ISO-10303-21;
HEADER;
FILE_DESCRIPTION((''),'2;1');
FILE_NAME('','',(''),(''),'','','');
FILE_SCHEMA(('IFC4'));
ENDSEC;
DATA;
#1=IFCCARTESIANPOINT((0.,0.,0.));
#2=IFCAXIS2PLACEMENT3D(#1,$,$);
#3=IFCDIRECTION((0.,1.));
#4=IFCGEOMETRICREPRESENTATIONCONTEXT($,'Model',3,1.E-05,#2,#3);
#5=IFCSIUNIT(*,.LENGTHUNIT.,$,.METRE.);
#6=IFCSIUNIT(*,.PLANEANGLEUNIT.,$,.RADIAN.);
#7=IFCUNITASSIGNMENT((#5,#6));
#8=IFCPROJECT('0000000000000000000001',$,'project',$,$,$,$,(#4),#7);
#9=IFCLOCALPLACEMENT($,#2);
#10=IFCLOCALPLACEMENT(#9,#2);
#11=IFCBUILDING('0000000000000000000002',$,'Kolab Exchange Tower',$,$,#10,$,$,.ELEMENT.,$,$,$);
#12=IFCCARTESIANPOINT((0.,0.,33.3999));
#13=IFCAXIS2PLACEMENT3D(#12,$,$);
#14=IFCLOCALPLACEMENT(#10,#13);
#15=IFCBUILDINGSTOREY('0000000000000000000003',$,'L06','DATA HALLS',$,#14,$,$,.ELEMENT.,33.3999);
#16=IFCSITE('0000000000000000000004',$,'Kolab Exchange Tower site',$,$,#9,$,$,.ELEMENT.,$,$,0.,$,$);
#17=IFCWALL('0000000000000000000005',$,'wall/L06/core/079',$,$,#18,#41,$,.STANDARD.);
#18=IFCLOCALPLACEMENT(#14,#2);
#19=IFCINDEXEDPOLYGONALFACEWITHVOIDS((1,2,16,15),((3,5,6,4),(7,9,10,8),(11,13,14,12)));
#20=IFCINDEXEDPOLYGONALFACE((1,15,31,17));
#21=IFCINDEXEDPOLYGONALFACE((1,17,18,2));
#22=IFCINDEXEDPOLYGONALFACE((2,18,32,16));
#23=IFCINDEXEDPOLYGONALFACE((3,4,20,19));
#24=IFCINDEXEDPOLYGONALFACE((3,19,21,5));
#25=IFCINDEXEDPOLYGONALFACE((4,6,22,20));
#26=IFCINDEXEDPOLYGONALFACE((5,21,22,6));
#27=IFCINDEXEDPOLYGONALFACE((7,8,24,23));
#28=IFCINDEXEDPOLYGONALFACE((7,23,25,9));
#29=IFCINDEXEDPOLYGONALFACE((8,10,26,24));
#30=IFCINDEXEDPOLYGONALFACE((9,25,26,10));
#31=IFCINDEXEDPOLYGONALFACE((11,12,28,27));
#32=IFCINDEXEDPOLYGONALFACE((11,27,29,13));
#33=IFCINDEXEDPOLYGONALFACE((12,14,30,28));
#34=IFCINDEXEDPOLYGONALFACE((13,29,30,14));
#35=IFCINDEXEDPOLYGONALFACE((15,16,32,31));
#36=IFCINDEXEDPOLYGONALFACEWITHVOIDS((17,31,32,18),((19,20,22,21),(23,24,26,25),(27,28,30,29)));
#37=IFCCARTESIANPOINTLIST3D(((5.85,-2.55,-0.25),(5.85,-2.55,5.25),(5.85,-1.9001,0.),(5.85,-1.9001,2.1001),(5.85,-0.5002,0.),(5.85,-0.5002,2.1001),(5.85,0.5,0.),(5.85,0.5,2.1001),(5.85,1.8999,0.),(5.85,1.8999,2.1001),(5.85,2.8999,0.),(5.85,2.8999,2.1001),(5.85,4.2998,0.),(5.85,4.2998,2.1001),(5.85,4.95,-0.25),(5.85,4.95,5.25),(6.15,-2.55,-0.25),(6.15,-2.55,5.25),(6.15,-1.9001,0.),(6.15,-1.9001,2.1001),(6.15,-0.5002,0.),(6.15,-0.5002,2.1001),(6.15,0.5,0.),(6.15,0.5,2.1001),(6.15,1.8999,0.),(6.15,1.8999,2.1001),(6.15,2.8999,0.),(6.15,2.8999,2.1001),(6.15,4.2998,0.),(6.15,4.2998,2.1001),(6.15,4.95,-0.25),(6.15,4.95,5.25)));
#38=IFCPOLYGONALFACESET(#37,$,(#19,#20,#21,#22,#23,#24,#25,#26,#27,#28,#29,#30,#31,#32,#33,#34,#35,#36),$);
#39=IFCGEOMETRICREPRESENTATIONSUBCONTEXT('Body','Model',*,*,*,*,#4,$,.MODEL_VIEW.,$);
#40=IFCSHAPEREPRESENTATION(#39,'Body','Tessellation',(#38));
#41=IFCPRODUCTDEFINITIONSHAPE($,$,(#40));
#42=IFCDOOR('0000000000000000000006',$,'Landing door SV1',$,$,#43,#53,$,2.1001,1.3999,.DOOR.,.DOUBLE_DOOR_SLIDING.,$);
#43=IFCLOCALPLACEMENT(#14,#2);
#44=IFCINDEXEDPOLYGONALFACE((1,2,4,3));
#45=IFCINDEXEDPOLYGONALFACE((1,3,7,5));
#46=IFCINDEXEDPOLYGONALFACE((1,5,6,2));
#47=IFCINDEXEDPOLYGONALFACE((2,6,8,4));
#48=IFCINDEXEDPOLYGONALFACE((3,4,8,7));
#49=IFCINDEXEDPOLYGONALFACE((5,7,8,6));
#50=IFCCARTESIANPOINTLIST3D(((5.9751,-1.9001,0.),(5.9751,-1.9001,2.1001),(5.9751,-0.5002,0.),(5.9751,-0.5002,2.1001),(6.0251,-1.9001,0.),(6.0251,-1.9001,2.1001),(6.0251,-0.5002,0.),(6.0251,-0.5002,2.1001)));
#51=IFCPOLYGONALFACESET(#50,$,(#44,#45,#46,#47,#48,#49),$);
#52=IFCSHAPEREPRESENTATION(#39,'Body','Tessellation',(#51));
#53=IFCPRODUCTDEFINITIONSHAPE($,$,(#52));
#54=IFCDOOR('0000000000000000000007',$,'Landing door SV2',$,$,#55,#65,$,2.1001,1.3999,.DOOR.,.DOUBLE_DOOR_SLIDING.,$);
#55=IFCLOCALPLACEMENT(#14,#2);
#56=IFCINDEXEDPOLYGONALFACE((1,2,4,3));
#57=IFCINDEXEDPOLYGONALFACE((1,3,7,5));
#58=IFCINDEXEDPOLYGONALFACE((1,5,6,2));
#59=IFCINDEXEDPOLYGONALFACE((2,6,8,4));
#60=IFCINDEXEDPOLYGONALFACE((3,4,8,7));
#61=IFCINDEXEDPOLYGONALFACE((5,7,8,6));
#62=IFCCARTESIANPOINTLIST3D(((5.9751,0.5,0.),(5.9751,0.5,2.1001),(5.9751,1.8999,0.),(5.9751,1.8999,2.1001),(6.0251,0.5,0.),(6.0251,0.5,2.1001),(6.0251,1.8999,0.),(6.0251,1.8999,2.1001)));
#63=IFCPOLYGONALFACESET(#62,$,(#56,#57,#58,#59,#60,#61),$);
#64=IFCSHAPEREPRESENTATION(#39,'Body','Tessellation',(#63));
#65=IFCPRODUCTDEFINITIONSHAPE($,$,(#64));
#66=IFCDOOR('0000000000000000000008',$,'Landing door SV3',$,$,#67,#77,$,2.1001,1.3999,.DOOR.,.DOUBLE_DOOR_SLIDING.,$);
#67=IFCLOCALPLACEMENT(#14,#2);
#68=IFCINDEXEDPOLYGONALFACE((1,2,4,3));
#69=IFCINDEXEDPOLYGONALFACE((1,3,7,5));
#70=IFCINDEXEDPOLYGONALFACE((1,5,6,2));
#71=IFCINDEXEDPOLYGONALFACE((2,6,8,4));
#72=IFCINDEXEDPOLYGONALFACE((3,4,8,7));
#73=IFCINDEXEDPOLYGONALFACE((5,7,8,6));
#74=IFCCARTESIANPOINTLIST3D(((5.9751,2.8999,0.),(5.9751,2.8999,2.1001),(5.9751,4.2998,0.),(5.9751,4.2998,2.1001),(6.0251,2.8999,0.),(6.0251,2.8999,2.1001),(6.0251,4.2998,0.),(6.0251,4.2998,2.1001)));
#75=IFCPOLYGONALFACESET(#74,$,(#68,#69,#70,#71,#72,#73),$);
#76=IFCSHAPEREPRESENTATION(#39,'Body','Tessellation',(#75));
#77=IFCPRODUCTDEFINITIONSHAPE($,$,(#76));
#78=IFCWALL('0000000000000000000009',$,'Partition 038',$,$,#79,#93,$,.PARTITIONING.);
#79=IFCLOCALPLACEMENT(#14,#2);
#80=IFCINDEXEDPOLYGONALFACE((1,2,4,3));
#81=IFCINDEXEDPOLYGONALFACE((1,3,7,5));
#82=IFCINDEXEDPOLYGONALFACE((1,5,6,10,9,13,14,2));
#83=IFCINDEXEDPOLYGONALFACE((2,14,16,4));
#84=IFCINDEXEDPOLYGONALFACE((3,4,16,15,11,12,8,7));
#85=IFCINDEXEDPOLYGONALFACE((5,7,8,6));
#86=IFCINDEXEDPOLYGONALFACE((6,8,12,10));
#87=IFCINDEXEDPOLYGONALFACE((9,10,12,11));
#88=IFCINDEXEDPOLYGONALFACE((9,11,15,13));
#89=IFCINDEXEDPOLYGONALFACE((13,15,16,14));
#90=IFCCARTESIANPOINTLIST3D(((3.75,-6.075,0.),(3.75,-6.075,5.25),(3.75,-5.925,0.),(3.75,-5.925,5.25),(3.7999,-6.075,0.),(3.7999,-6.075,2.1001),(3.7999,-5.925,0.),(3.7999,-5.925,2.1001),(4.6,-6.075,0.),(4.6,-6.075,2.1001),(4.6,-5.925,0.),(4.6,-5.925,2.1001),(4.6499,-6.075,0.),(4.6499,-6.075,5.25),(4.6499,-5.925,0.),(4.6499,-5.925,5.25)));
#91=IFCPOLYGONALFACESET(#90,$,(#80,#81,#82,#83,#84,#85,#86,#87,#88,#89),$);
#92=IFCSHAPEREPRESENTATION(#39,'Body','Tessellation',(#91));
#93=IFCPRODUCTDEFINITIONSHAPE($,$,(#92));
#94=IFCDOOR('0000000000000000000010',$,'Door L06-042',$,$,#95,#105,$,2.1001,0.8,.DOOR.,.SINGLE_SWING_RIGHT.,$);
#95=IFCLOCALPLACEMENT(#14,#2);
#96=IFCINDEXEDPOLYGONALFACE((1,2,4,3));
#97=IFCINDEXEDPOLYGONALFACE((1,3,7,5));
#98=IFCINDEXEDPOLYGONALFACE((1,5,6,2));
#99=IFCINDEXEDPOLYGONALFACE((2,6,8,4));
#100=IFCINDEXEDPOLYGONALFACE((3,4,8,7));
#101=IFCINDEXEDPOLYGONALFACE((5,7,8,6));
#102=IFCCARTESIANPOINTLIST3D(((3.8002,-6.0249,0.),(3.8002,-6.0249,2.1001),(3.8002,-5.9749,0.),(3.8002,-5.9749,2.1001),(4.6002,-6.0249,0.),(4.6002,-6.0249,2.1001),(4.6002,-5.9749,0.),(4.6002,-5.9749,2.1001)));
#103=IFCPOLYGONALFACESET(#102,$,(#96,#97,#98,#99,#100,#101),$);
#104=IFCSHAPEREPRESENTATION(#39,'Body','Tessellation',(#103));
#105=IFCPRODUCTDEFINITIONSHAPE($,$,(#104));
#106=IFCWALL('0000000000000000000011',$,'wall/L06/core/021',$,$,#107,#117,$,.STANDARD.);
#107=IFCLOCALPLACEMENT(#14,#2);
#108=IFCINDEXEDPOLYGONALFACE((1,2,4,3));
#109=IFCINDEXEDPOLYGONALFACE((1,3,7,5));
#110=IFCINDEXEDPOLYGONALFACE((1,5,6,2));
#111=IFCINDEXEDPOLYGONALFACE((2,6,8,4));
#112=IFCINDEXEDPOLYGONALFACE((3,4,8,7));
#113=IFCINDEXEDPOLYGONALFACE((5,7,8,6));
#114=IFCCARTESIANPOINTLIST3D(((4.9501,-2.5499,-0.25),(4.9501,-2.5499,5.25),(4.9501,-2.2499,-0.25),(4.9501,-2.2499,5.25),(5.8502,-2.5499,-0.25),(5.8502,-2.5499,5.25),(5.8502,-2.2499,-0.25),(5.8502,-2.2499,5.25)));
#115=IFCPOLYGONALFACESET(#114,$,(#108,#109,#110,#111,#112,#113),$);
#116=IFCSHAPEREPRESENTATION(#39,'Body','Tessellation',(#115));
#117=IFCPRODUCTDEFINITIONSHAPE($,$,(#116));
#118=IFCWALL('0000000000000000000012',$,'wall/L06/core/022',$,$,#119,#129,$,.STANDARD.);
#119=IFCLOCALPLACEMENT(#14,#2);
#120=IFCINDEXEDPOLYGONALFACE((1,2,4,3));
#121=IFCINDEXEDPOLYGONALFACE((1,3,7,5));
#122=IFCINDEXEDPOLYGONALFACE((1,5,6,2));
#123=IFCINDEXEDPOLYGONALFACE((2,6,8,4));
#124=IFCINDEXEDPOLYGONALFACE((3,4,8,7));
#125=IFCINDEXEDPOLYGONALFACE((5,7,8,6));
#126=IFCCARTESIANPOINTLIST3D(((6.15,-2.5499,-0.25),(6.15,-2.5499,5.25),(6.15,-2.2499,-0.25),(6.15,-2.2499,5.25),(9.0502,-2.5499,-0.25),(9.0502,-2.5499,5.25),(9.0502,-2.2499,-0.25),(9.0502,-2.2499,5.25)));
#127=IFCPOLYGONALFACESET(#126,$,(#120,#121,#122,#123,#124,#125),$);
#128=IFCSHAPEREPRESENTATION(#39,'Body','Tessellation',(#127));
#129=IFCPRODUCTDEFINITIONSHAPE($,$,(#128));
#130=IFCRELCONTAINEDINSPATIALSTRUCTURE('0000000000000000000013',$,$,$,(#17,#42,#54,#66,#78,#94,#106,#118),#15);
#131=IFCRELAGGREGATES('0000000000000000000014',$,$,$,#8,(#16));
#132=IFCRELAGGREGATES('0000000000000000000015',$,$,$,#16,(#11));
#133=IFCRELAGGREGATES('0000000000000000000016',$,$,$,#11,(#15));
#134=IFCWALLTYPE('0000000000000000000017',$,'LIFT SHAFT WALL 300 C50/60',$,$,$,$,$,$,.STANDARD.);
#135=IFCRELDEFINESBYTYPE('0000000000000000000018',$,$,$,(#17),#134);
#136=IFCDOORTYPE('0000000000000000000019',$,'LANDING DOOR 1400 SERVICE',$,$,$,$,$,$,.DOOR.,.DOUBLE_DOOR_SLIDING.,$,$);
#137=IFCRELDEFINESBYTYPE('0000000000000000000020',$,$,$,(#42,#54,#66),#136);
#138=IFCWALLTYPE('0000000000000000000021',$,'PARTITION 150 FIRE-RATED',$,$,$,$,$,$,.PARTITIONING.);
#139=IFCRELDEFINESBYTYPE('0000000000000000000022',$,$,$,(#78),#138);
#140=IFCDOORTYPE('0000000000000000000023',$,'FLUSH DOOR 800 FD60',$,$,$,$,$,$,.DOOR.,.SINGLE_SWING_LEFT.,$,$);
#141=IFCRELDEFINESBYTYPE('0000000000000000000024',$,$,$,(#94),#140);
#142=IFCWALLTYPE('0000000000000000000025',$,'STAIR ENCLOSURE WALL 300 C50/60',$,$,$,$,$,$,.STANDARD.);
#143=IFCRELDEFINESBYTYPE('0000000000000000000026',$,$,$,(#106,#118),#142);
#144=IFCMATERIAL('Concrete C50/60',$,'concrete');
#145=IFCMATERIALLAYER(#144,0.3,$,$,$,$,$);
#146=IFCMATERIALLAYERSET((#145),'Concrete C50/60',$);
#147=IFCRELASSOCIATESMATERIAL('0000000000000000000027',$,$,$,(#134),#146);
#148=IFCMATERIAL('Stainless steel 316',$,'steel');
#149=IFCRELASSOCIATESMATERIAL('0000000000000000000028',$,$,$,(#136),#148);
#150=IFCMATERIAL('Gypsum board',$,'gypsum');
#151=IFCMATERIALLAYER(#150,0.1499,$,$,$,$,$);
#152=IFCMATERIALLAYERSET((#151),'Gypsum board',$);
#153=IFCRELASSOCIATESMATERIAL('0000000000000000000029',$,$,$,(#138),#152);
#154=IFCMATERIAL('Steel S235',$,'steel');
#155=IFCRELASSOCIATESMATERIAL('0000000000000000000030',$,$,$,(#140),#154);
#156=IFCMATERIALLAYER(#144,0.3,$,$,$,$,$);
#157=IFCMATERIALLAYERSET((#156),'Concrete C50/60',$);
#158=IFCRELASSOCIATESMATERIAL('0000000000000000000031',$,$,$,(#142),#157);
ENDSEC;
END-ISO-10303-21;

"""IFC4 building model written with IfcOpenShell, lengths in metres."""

from ifc_helpers import new_model, si_unit, direction, frame, frame_2d, origin, place, context, subcontext, project, spatial, rectangle, extrude, material, layer, layer_set, type_object, element, fill, save


model = new_model("IFC4")

# Units and contexts
model_context = context("Model", 3, precision=1e-05, world=origin(), true_north=direction((0.0, 1.0)))
body_context = subcontext(model_context, "Body", "Model", "MODEL_VIEW")
ifc_project = project(units=[si_unit("LENGTHUNIT", "METRE"), si_unit("PLANEANGLEUNIT", "RADIAN")], contexts=[model_context])

# Site, building, storey
site_placement = place(None, origin())
site = spatial("IfcSite", under=ifc_project, at=site_placement, Name="Kolab Exchange Tower site", CompositionType="ELEMENT", RefElevation=0.0)
building_placement = place(site_placement, origin())
building = spatial("IfcBuilding", under=site, at=building_placement, Name="Kolab Exchange Tower", CompositionType="ELEMENT")
storey_placement = place(building_placement, frame((0.0, 0.0, 33.3999)))
storey = spatial("IfcBuildingStorey", under=building, at=storey_placement, Name="L06", Description="DATA HALLS", CompositionType="ELEMENT", Elevation=33.3999)

# Shared definitions
ifc_material_1 = material(Name="Concrete C50/60", Category="concrete")

# Shared definitions
ifc_layer_1 = layer(ifc_material_1, 0.3)
ifc_layer_set_1 = layer_set([ifc_layer_1], Name="Concrete C50/60")
wall_type_1 = type_object("IfcWallType", Name="LIFT SHAFT WALL 300 C50/60", PredefinedType="STANDARD", material=ifc_layer_set_1)

# Shared definitions
ifc_material_2 = material(Name="Steel S235", Category="steel")

# Wall, openings, doors
wall_1_placement = place(storey_placement, frame((6.0, -2.55, -0.25), z_axis=(0.0, 0.0, 1.0), x_axis=(0.0, 1.0, 0.0)))
wall_1 = element("IfcWall", 1, at=wall_1_placement, inside=storey, type_object=wall_type_1, Name="wall/L06/core/079", PredefinedType="STANDARD", context=body_context, shape_type="SweptSolid", body=[
    extrude(rectangle(XDim=7.5, YDim=0.3, at=frame_2d((3.75, 0.0))), origin(), (0.0, 0.0, 1.0), 5.5),
])
opening_1_placement = place(wall_1_placement, frame((0.6499, 0.0, 0.25)))
opening_1 = element("IfcOpeningElement", 2, at=opening_1_placement, cuts=wall_1, PredefinedType="OPENING", context=body_context, shape_type="SweptSolid", body=[
    extrude(rectangle(XDim=1.3999, YDim=2.1001, at=frame_2d((0.7, 1.05))), frame((0.0, 0.1602, 0.0), z_axis=(0.0, -1.0, 0.0), x_axis=(1.0, 0.0, 0.0)), (0.0, 0.0, 1.0), 0.3201),
])
opening_2_placement = place(wall_1_placement, frame((3.05, 0.0, 0.25)))
opening_2 = element("IfcOpeningElement", 3, at=opening_2_placement, cuts=wall_1, PredefinedType="OPENING", context=body_context, shape_type="SweptSolid", body=[
    extrude(rectangle(XDim=1.3999, YDim=2.1001, at=frame_2d((0.7, 1.05))), frame((0.0, 0.1602, 0.0), z_axis=(0.0, -1.0, 0.0), x_axis=(1.0, 0.0, 0.0)), (0.0, 0.0, 1.0), 0.3201),
])
opening_3_placement = place(wall_1_placement, frame((5.45, 0.0, 0.25)))
opening_3 = element("IfcOpeningElement", 4, at=opening_3_placement, cuts=wall_1, PredefinedType="OPENING", context=body_context, shape_type="SweptSolid", body=[
    extrude(rectangle(XDim=1.3999, YDim=2.1001, at=frame_2d((0.7, 1.05))), frame((0.0, 0.1602, 0.0), z_axis=(0.0, -1.0, 0.0), x_axis=(1.0, 0.0, 0.0)), (0.0, 0.0, 1.0), 0.3201),
])
ifc_material_3 = material(Name="Stainless steel 316", Category="steel")
door_type_1 = type_object("IfcDoorType", Name="LANDING DOOR 1400 SERVICE", OperationType="DOUBLE_DOOR_SLIDING", PredefinedType="DOOR", material=ifc_material_3)
door_1_placement = place(opening_1_placement, origin())
door_1 = element("IfcDoor", 5, at=door_1_placement, inside=storey, type_object=door_type_1, Name="Landing door SV1", OperationType="DOUBLE_DOOR_SLIDING", OverallHeight=2.1001, OverallWidth=1.3999, PredefinedType="DOOR", context=body_context, shape_type="SweptSolid", body=[
    extrude(rectangle(XDim=1.3999, YDim=2.1001, at=frame_2d((0.7, 1.05))), frame((0.0, 0.0249, 0.0), z_axis=(0.0, -1.0, 0.0), x_axis=(1.0, 0.0, 0.0)), (0.0, 0.0, 1.0), 0.05),
])
fill(opening_1, door_1)
door_2_placement = place(opening_2_placement, origin())
door_2 = element("IfcDoor", 6, at=door_2_placement, inside=storey, type_object=door_type_1, Name="Landing door SV2", OperationType="DOUBLE_DOOR_SLIDING", OverallHeight=2.1001, OverallWidth=1.3999, PredefinedType="DOOR", context=body_context, shape_type="SweptSolid", body=[
    extrude(rectangle(XDim=1.3999, YDim=2.1001, at=frame_2d((0.7, 1.05))), frame((0.0, 0.0249, 0.0), z_axis=(0.0, -1.0, 0.0), x_axis=(1.0, 0.0, 0.0)), (0.0, 0.0, 1.0), 0.05),
])
fill(opening_2, door_2)
door_3_placement = place(opening_3_placement, origin())
door_3 = element("IfcDoor", 7, at=door_3_placement, inside=storey, type_object=door_type_1, Name="Landing door SV3", OperationType="DOUBLE_DOOR_SLIDING", OverallHeight=2.1001, OverallWidth=1.3999, PredefinedType="DOOR", context=body_context, shape_type="SweptSolid", body=[
    extrude(rectangle(XDim=1.3999, YDim=2.1001, at=frame_2d((0.7, 1.05))), frame((0.0, 0.0249, 0.0), z_axis=(0.0, -1.0, 0.0), x_axis=(1.0, 0.0, 0.0)), (0.0, 0.0, 1.0), 0.05),
])
fill(opening_3, door_3)

# Wall, opening, door
ifc_material_4 = material(Name="Gypsum board", Category="gypsum")
ifc_layer_2 = layer(ifc_material_4, 0.1499)
ifc_layer_set_2 = layer_set([ifc_layer_2], Name="Gypsum board")
wall_type_2 = type_object("IfcWallType", Name="PARTITION 150 FIRE-RATED", PredefinedType="PARTITIONING", material=ifc_layer_set_2)
wall_2_placement = place(storey_placement, frame((3.75, -6.0, 0.0), z_axis=(0.0, 0.0, 1.0), x_axis=(1.0, 0.0, 0.0)))
wall_2 = element("IfcWall", 8, at=wall_2_placement, inside=storey, type_object=wall_type_2, Name="Partition 038", PredefinedType="PARTITIONING", context=body_context, shape_type="SweptSolid", body=[
    extrude(rectangle(XDim=0.8999, YDim=0.1499, at=frame_2d((0.45, 0.0))), origin(), (0.0, 0.0, 1.0), 5.25),
])
opening_4_placement = place(wall_2_placement, frame((0.05, 0.0, 0.0)))
opening_4 = element("IfcOpeningElement", 9, at=opening_4_placement, cuts=wall_2, PredefinedType="OPENING", context=body_context, shape_type="SweptSolid", body=[
    extrude(rectangle(XDim=0.8, YDim=2.1001, at=frame_2d((0.3999, 1.05))), frame((0.0, 0.085, 0.0), z_axis=(0.0, -1.0, 0.0), x_axis=(1.0, 0.0, 0.0)), (0.0, 0.0, 1.0), 0.1699),
])
door_type_2 = type_object("IfcDoorType", Name="FLUSH DOOR 800 FD60", OperationType="SINGLE_SWING_LEFT", PredefinedType="DOOR", material=ifc_material_2)
door_4_placement = place(opening_4_placement, frame((0.8, 0.0, 0.0), z_axis=(0.0, 0.0, 1.0), x_axis=(-1.0, 0.0, 0.0)))
door_4 = element("IfcDoor", 10, at=door_4_placement, inside=storey, type_object=door_type_2, Name="Door L06-042", OperationType="SINGLE_SWING_RIGHT", OverallHeight=2.1001, OverallWidth=0.8, PredefinedType="DOOR", context=body_context, shape_type="SweptSolid", body=[
    extrude(rectangle(XDim=0.8, YDim=2.1001, at=frame_2d((0.3999, 1.05))), frame((0.0, 0.0249, 0.0), z_axis=(0.0, -1.0, 0.0), x_axis=(1.0, 0.0, 0.0)), (0.0, 0.0, 1.0), 0.05),
])
fill(opening_4, door_4)

# Walls
ifc_layer_3 = layer(ifc_material_1, 0.3)
ifc_layer_set_3 = layer_set([ifc_layer_3], Name="Concrete C50/60")
wall_type_3 = type_object("IfcWallType", Name="STAIR ENCLOSURE WALL 300 C50/60", PredefinedType="STANDARD", material=ifc_layer_set_3)
wall_3_placement = place(storey_placement, frame((4.95, -2.3999, -0.25), z_axis=(0.0, 0.0, 1.0), x_axis=(1.0, 0.0, 0.0)))
element("IfcWall", 11, at=wall_3_placement, inside=storey, type_object=wall_type_3, Name="wall/L06/core/021", PredefinedType="STANDARD", context=body_context, shape_type="SweptSolid", body=[
    extrude(rectangle(XDim=0.9001, YDim=0.3, at=frame_2d((0.4502, 0.0))), origin(), (0.0, 0.0, 1.0), 5.5),
])
wall_4_placement = place(storey_placement, frame((6.1499, -2.3999, -0.25), z_axis=(0.0, 0.0, 1.0), x_axis=(1.0, 0.0, 0.0)))
element("IfcWall", 12, at=wall_4_placement, inside=storey, type_object=wall_type_3, Name="wall/L06/core/022", PredefinedType="STANDARD", context=body_context, shape_type="SweptSolid", body=[
    extrude(rectangle(XDim=2.9001, YDim=0.3, at=frame_2d((1.4502, 0.0))), origin(), (0.0, 0.0, 1.0), 5.5),
])

save(model, "model.ifc")
